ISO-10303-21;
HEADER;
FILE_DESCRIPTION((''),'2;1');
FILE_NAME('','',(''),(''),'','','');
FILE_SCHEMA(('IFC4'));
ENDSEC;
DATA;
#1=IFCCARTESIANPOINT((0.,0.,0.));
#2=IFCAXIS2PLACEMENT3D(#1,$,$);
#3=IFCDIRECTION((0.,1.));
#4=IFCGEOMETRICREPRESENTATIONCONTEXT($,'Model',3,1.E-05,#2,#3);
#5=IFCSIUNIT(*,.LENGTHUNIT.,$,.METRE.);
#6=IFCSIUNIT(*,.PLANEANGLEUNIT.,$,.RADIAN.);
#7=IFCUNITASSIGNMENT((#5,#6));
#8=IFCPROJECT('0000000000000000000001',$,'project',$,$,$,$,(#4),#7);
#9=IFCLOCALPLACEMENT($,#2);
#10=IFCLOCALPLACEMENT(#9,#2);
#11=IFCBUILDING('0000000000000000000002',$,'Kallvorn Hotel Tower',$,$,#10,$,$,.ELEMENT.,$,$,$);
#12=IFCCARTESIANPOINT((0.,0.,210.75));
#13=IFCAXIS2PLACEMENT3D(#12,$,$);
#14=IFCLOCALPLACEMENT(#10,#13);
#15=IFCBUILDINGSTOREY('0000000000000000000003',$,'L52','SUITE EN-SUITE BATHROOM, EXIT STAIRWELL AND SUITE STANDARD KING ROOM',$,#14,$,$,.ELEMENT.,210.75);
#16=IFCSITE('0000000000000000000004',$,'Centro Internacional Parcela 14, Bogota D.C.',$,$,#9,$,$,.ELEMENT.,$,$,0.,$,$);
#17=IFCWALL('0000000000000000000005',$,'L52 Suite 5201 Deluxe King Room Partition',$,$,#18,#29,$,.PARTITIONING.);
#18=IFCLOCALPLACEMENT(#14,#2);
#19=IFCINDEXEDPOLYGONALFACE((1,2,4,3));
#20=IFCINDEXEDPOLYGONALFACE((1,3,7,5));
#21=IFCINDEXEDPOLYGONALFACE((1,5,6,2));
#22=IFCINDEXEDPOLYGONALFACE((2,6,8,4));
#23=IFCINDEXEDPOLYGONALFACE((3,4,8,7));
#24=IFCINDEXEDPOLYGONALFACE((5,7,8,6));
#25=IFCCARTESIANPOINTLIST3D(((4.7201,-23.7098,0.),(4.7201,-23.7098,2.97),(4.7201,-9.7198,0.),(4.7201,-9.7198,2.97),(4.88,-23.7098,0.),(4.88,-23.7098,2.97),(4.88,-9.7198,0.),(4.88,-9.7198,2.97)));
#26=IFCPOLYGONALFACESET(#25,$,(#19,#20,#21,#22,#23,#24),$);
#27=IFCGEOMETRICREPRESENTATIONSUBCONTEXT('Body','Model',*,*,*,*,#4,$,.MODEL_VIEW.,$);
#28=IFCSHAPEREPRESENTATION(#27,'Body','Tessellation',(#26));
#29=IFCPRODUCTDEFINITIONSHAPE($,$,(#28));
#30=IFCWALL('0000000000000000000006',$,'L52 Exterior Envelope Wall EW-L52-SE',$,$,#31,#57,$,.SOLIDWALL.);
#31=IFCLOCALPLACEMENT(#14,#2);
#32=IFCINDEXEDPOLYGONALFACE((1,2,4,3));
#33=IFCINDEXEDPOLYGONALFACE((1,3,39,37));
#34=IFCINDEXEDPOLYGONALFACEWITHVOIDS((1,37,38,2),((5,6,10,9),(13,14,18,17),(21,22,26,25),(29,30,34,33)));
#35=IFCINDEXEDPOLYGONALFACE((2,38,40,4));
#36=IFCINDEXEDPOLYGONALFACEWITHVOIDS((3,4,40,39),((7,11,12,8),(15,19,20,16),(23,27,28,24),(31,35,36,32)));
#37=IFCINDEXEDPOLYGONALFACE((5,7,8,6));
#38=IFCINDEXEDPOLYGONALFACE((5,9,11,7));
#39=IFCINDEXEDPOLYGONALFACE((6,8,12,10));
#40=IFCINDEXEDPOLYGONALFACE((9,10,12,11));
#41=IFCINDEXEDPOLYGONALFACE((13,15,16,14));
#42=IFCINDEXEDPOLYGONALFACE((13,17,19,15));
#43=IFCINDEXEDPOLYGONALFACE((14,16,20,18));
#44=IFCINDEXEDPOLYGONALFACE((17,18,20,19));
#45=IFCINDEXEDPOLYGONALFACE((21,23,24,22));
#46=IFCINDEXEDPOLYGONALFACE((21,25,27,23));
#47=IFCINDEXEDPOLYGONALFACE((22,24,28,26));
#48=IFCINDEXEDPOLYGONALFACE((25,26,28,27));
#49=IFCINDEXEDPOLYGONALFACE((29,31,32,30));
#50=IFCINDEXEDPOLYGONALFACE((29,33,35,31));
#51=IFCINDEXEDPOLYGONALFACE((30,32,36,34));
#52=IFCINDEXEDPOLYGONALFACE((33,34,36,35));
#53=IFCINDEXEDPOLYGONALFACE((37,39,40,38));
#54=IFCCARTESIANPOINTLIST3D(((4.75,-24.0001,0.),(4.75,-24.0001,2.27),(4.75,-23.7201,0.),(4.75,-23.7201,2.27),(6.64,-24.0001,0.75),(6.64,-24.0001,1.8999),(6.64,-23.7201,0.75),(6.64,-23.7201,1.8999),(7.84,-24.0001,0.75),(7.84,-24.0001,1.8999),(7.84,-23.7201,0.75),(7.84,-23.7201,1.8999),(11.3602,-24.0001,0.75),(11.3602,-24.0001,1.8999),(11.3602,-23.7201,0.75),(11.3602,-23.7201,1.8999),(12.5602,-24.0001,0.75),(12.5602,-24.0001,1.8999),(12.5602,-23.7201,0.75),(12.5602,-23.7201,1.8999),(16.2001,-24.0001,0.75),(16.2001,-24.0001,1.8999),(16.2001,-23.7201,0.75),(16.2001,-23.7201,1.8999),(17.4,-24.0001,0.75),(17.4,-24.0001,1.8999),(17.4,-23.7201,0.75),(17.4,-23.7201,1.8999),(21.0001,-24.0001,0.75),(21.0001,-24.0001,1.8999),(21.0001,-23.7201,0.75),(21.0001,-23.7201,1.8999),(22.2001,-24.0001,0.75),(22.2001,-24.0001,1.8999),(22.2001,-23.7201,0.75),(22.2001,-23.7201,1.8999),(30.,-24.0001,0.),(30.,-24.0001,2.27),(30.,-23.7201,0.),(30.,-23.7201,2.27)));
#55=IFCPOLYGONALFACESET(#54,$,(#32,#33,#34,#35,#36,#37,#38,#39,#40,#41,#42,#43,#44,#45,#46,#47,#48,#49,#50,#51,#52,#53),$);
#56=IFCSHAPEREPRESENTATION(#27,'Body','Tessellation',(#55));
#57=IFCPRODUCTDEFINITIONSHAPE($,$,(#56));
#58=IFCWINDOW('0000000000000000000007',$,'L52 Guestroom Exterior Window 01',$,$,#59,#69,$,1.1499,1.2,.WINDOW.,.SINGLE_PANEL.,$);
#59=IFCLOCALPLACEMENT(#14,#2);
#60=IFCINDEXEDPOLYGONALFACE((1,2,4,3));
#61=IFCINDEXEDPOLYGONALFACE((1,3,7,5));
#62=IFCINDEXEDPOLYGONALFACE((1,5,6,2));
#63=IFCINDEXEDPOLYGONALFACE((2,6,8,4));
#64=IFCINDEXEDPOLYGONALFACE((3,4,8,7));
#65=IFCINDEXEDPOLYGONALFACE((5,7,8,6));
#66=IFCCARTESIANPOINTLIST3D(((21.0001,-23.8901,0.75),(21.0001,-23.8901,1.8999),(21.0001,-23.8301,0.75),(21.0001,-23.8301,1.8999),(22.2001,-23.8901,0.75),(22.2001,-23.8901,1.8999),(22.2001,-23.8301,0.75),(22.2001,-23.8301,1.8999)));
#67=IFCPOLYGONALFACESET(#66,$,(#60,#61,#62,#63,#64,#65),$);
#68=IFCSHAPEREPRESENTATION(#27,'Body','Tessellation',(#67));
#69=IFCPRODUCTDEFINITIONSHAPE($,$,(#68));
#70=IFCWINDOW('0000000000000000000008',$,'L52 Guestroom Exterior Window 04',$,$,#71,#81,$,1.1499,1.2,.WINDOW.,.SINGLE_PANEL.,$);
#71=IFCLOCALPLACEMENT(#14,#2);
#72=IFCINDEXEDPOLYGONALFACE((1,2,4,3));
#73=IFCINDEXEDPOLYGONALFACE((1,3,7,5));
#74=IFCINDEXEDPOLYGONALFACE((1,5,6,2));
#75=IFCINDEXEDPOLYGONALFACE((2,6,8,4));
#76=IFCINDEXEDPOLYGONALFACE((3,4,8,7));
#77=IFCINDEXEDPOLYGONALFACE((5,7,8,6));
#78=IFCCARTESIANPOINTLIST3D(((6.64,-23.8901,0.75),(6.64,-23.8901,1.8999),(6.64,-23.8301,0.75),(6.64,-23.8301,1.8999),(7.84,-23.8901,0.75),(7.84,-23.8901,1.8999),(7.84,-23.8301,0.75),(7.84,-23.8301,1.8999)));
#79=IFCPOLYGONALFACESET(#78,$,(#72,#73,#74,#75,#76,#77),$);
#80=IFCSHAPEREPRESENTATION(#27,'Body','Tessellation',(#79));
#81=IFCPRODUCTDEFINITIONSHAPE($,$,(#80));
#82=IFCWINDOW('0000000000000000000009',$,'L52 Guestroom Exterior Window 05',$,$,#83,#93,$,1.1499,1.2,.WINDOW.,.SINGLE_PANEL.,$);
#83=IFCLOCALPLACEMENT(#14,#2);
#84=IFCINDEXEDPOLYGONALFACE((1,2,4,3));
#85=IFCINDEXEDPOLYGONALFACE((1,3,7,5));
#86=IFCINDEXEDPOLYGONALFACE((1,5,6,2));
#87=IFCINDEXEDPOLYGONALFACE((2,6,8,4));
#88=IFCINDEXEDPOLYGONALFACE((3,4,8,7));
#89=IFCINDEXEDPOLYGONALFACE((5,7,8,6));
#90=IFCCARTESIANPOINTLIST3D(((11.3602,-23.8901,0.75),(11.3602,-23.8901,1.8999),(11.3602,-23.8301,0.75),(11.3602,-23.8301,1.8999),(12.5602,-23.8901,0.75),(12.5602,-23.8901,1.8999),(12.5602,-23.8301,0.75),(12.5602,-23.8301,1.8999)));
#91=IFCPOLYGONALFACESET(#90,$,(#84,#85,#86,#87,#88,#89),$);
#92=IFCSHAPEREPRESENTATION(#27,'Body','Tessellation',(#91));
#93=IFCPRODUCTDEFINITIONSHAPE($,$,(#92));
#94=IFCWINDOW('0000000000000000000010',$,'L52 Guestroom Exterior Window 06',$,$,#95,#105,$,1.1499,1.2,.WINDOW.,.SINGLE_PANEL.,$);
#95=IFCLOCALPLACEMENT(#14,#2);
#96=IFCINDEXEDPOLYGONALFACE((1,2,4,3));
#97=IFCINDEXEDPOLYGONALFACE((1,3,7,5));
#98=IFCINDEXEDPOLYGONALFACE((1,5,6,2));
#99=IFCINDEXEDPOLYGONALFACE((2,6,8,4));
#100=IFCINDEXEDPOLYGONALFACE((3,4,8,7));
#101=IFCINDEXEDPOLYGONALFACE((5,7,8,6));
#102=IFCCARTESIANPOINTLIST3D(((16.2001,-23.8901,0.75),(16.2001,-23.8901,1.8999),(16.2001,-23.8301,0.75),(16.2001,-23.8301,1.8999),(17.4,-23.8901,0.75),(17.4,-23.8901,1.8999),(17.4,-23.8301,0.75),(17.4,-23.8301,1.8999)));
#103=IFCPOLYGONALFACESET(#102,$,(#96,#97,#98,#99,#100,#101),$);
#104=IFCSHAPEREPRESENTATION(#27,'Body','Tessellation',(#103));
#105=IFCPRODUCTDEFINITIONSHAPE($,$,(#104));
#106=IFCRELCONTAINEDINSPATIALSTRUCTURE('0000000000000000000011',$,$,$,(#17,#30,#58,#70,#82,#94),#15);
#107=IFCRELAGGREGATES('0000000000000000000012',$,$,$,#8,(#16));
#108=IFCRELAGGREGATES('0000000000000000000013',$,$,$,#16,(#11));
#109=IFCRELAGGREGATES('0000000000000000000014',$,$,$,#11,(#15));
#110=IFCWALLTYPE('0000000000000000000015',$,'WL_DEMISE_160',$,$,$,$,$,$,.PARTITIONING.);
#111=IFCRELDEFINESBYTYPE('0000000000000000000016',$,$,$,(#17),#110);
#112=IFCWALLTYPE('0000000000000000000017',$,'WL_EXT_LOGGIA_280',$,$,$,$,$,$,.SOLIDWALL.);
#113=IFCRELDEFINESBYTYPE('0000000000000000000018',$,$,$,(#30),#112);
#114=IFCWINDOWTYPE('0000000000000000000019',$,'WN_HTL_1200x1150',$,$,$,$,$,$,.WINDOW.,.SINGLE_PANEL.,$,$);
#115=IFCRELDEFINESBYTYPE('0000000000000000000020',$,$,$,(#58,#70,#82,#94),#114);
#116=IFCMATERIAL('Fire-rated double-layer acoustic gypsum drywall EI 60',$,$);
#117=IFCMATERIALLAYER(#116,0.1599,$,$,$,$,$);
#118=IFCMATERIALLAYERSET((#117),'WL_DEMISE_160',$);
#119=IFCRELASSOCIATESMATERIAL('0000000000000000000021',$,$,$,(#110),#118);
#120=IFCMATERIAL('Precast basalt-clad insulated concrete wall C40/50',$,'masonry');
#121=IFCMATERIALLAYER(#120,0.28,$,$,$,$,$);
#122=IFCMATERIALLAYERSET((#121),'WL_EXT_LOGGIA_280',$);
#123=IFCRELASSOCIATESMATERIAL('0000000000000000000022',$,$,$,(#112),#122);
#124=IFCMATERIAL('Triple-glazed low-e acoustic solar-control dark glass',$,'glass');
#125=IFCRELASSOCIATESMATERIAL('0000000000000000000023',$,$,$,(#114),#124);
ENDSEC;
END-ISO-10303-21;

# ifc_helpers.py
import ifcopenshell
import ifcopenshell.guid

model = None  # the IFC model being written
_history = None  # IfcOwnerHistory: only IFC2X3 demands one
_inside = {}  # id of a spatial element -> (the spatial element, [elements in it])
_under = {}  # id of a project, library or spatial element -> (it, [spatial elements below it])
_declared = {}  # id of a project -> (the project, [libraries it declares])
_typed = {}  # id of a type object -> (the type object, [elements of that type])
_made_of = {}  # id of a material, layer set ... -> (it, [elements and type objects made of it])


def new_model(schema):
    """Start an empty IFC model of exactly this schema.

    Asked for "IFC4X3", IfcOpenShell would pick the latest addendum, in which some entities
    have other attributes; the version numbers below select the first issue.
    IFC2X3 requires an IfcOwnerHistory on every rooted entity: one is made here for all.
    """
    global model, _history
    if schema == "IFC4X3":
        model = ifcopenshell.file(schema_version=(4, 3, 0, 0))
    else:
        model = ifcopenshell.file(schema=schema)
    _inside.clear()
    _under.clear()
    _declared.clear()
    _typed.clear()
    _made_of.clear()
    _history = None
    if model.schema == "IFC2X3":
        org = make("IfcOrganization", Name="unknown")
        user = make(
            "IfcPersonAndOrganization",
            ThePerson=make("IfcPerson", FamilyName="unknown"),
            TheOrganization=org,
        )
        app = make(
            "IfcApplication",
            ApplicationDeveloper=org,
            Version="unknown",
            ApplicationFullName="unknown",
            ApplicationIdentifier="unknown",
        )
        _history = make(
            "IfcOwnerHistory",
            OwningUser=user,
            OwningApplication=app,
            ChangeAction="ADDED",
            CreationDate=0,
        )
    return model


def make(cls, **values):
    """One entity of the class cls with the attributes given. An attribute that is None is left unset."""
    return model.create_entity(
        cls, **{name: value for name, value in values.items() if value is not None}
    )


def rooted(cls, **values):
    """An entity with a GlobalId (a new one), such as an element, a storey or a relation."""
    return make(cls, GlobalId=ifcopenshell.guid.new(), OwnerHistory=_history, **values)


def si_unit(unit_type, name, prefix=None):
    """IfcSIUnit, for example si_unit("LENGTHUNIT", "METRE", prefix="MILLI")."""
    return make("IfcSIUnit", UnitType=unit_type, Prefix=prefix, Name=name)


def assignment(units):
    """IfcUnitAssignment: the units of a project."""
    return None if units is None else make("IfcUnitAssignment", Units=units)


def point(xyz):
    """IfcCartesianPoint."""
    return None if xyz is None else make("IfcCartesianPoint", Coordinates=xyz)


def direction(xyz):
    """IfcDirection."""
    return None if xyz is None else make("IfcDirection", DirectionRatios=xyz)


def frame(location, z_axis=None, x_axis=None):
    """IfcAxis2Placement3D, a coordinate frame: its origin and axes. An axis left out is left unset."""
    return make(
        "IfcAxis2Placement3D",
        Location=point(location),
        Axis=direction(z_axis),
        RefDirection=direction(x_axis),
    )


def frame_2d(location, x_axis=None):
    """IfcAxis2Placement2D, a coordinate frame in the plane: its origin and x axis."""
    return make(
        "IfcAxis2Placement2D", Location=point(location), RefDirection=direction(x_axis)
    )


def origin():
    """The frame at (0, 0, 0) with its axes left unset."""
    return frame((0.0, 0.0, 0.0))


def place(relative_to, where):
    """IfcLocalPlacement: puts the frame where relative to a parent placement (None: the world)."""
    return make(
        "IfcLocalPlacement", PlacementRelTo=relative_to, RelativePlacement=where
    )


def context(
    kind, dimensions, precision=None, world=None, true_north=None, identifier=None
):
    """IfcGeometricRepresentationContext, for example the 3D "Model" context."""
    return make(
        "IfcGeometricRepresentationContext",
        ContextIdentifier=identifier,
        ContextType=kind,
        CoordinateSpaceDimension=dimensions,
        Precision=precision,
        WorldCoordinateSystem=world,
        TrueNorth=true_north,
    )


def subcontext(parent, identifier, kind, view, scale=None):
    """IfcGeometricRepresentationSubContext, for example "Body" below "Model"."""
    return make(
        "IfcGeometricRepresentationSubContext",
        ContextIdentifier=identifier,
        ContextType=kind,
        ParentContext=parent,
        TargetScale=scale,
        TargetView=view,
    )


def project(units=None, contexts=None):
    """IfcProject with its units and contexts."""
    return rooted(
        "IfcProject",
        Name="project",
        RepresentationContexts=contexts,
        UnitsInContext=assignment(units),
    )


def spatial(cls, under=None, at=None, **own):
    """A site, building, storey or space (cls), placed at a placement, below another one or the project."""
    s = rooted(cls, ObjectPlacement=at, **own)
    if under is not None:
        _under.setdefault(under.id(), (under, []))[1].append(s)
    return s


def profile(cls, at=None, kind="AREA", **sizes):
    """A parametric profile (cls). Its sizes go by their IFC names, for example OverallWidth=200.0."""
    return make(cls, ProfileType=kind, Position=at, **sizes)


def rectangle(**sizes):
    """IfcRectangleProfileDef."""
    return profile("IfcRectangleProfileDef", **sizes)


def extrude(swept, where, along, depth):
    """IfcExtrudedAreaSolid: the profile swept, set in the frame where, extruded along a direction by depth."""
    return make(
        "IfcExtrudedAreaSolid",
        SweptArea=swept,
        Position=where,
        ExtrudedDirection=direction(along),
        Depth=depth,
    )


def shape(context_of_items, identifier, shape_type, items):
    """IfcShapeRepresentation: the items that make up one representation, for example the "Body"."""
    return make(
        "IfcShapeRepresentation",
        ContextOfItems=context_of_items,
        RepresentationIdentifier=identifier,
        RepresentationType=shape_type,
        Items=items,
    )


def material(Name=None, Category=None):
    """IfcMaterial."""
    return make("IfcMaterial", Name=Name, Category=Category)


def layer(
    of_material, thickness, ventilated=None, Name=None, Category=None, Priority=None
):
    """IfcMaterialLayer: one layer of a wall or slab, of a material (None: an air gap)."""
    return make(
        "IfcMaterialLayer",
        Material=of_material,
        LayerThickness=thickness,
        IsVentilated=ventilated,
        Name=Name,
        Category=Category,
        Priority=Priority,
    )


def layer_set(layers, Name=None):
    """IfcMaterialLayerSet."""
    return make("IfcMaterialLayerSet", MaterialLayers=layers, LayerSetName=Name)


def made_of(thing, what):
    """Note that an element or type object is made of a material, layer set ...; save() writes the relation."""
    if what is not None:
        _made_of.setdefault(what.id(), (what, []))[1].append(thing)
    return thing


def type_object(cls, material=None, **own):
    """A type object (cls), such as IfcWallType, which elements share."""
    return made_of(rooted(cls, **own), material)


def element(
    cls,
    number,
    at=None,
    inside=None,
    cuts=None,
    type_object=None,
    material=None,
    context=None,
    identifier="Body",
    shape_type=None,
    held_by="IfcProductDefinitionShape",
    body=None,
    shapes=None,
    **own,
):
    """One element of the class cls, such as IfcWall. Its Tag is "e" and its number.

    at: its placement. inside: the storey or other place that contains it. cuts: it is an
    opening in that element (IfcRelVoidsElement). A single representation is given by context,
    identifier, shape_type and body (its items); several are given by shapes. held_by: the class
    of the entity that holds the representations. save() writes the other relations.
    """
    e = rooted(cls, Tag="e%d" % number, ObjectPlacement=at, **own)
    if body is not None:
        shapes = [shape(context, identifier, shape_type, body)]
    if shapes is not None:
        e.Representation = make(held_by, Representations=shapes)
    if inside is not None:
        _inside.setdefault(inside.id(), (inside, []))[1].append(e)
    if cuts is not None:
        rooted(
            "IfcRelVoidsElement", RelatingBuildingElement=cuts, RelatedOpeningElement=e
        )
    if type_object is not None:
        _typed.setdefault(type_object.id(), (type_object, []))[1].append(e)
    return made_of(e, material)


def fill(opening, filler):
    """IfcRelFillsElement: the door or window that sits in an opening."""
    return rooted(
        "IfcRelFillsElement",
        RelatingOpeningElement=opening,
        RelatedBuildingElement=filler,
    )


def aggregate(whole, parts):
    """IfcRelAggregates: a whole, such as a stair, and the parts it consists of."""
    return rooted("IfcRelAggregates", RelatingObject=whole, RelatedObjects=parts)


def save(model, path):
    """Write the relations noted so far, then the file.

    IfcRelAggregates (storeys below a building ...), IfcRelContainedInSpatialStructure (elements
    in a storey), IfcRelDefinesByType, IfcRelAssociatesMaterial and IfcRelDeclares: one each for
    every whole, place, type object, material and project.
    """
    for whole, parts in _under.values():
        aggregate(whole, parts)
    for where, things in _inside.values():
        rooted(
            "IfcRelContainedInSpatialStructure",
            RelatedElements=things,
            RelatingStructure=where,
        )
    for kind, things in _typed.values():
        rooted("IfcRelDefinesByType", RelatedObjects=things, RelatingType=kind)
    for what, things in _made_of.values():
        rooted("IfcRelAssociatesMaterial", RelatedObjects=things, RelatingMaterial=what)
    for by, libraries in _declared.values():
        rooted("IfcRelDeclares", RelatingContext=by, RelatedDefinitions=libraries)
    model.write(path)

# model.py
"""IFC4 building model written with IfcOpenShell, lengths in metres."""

from ifc_helpers import new_model, si_unit, direction, frame, frame_2d, origin, place, context, subcontext, project, spatial, rectangle, extrude, material, layer, layer_set, type_object, element, fill, save


model = new_model("IFC4")

# Units and contexts
model_context = context("Model", 3, precision=1e-05, world=origin(), true_north=direction((0.0, 1.0)))
body_context = subcontext(model_context, "Body", "Model", "MODEL_VIEW")
ifc_project = project(units=[si_unit("LENGTHUNIT", "METRE"), si_unit("PLANEANGLEUNIT", "RADIAN")], contexts=[model_context])

# Site, building, storey
site_placement = place(None, origin())
site = spatial("IfcSite", under=ifc_project, at=site_placement, Name="Centro Internacional Parcela 14, Bogota D.C.", CompositionType="ELEMENT", RefElevation=0.0)
building_placement = place(site_placement, origin())
building = spatial("IfcBuilding", under=site, at=building_placement, Name="Kallvorn Hotel Tower", CompositionType="ELEMENT")
storey_placement = place(building_placement, frame((0.0, 0.0, 210.75)))
storey = spatial("IfcBuildingStorey", under=building, at=storey_placement, Name="L52", Description="SUITE EN-SUITE BATHROOM, EXIT STAIRWELL AND SUITE STANDARD KING ROOM", CompositionType="ELEMENT", Elevation=210.75)

# Wall
ifc_material_1 = material(Name="Fire-rated double-layer acoustic gypsum drywall EI 60")
ifc_layer_1 = layer(ifc_material_1, 0.1599)
ifc_layer_set_1 = layer_set([ifc_layer_1], Name="WL_DEMISE_160")
wall_type_1 = type_object("IfcWallType", Name="WL_DEMISE_160", PredefinedType="PARTITIONING", material=ifc_layer_set_1)
wall_1_placement = place(storey_placement, frame((4.8, -23.71, 0.0), z_axis=(0.0, 0.0, 1.0), x_axis=(0.0, 1.0, 0.0)))
element("IfcWall", 1, at=wall_1_placement, inside=storey, type_object=wall_type_1, Name="L52 Suite 5201 Deluxe King Room Partition", PredefinedType="PARTITIONING", context=body_context, shape_type="SweptSolid", body=[
    extrude(rectangle(XDim=13.99, YDim=0.1599, at=frame_2d((6.9951, 0.0))), origin(), (0.0, 0.0, 1.0), 2.97),
])

# Wall, openings, windows
ifc_material_2 = material(Name="Precast basalt-clad insulated concrete wall C40/50", Category="masonry")
ifc_layer_2 = layer(ifc_material_2, 0.28)
ifc_layer_set_2 = layer_set([ifc_layer_2], Name="WL_EXT_LOGGIA_280")
wall_type_2 = type_object("IfcWallType", Name="WL_EXT_LOGGIA_280", PredefinedType="SOLIDWALL", material=ifc_layer_set_2)
wall_2_placement = place(storey_placement, frame((4.75, -23.8601, 0.0), z_axis=(0.0, 0.0, 1.0), x_axis=(1.0, 0.0, 0.0)))
wall_2 = element("IfcWall", 2, at=wall_2_placement, inside=storey, type_object=wall_type_2, Name="L52 Exterior Envelope Wall EW-L52-SE", PredefinedType="SOLIDWALL", context=body_context, shape_type="SweptSolid", body=[
    extrude(rectangle(XDim=25.25, YDim=0.28, at=frame_2d((12.625, 0.0))), origin(), (0.0, 0.0, 1.0), 2.27),
])
opening_1_placement = place(wall_2_placement, frame((16.25, 0.0, 0.75)))
opening_1 = element("IfcOpeningElement", 3, at=opening_1_placement, cuts=wall_2, PredefinedType="OPENING", context=body_context, shape_type="SweptSolid", body=[
    extrude(rectangle(XDim=1.2, YDim=1.1499, at=frame_2d((0.6001, 0.575))), frame((0.0, 0.155, 0.0), z_axis=(0.0, -1.0, 0.0), x_axis=(1.0, 0.0, 0.0)), (0.0, 0.0, 1.0), 0.3101),
])
opening_2_placement = place(wall_2_placement, frame((1.8899, 0.0, 0.75)))
opening_2 = element("IfcOpeningElement", 4, at=opening_2_placement, cuts=wall_2, PredefinedType="OPENING", context=body_context, shape_type="SweptSolid", body=[
    extrude(rectangle(XDim=1.2, YDim=1.1499, at=frame_2d((0.6001, 0.575))), frame((0.0, 0.155, 0.0), z_axis=(0.0, -1.0, 0.0), x_axis=(1.0, 0.0, 0.0)), (0.0, 0.0, 1.0), 0.3101),
])
opening_3_placement = place(wall_2_placement, frame((6.6101, 0.0, 0.75)))
opening_3 = element("IfcOpeningElement", 5, at=opening_3_placement, cuts=wall_2, PredefinedType="OPENING", context=body_context, shape_type="SweptSolid", body=[
    extrude(rectangle(XDim=1.2, YDim=1.1499, at=frame_2d((0.6001, 0.575))), frame((0.0, 0.155, 0.0), z_axis=(0.0, -1.0, 0.0), x_axis=(1.0, 0.0, 0.0)), (0.0, 0.0, 1.0), 0.3101),
])
opening_4_placement = place(wall_2_placement, frame((11.45, 0.0, 0.75)))
opening_4 = element("IfcOpeningElement", 6, at=opening_4_placement, cuts=wall_2, PredefinedType="OPENING", context=body_context, shape_type="SweptSolid", body=[
    extrude(rectangle(XDim=1.2, YDim=1.1499, at=frame_2d((0.6001, 0.575))), frame((0.0, 0.155, 0.0), z_axis=(0.0, -1.0, 0.0), x_axis=(1.0, 0.0, 0.0)), (0.0, 0.0, 1.0), 0.3101),
])
ifc_material_3 = material(Name="Triple-glazed low-e acoustic solar-control dark glass", Category="glass")
window_type = type_object("IfcWindowType", Name="WN_HTL_1200x1150", PartitioningType="SINGLE_PANEL", PredefinedType="WINDOW", material=ifc_material_3)
window_1_placement = place(opening_1_placement, origin())
window_1 = element("IfcWindow", 7, at=window_1_placement, inside=storey, type_object=window_type, Name="L52 Guestroom Exterior Window 01", OverallHeight=1.1499, OverallWidth=1.2, PartitioningType="SINGLE_PANEL", PredefinedType="WINDOW", context=body_context, shape_type="SweptSolid", body=[
    extrude(rectangle(XDim=1.2, YDim=1.1499, at=frame_2d((0.6001, 0.575))), frame((0.0, 0.03, 0.0), z_axis=(0.0, -1.0, 0.0), x_axis=(1.0, 0.0, 0.0)), (0.0, 0.0, 1.0), 0.0601),
])
fill(opening_1, window_1)
window_2_placement = place(opening_2_placement, origin())
window_2 = element("IfcWindow", 8, at=window_2_placement, inside=storey, type_object=window_type, Name="L52 Guestroom Exterior Window 04", OverallHeight=1.1499, OverallWidth=1.2, PartitioningType="SINGLE_PANEL", PredefinedType="WINDOW", context=body_context, shape_type="SweptSolid", body=[
    extrude(rectangle(XDim=1.2, YDim=1.1499, at=frame_2d((0.6001, 0.575))), frame((0.0, 0.03, 0.0), z_axis=(0.0, -1.0, 0.0), x_axis=(1.0, 0.0, 0.0)), (0.0, 0.0, 1.0), 0.0601),
])
fill(opening_2, window_2)
window_3_placement = place(opening_3_placement, origin())
window_3 = element("IfcWindow", 9, at=window_3_placement, inside=storey, type_object=window_type, Name="L52 Guestroom Exterior Window 05", OverallHeight=1.1499, OverallWidth=1.2, PartitioningType="SINGLE_PANEL", PredefinedType="WINDOW", context=body_context, shape_type="SweptSolid", body=[
    extrude(rectangle(XDim=1.2, YDim=1.1499, at=frame_2d((0.6001, 0.575))), frame((0.0, 0.03, 0.0), z_axis=(0.0, -1.0, 0.0), x_axis=(1.0, 0.0, 0.0)), (0.0, 0.0, 1.0), 0.0601),
])
fill(opening_3, window_3)
window_4_placement = place(opening_4_placement, origin())
window_4 = element("IfcWindow", 10, at=window_4_placement, inside=storey, type_object=window_type, Name="L52 Guestroom Exterior Window 06", OverallHeight=1.1499, OverallWidth=1.2, PartitioningType="SINGLE_PANEL", PredefinedType="WINDOW", context=body_context, shape_type="SweptSolid", body=[
    extrude(rectangle(XDim=1.2, YDim=1.1499, at=frame_2d((0.6001, 0.575))), frame((0.0, 0.03, 0.0), z_axis=(0.0, -1.0, 0.0), x_axis=(1.0, 0.0, 0.0)), (0.0, 0.0, 1.0), 0.0601),
])
fill(opening_4, window_4)

save(model, "model.ifc")
